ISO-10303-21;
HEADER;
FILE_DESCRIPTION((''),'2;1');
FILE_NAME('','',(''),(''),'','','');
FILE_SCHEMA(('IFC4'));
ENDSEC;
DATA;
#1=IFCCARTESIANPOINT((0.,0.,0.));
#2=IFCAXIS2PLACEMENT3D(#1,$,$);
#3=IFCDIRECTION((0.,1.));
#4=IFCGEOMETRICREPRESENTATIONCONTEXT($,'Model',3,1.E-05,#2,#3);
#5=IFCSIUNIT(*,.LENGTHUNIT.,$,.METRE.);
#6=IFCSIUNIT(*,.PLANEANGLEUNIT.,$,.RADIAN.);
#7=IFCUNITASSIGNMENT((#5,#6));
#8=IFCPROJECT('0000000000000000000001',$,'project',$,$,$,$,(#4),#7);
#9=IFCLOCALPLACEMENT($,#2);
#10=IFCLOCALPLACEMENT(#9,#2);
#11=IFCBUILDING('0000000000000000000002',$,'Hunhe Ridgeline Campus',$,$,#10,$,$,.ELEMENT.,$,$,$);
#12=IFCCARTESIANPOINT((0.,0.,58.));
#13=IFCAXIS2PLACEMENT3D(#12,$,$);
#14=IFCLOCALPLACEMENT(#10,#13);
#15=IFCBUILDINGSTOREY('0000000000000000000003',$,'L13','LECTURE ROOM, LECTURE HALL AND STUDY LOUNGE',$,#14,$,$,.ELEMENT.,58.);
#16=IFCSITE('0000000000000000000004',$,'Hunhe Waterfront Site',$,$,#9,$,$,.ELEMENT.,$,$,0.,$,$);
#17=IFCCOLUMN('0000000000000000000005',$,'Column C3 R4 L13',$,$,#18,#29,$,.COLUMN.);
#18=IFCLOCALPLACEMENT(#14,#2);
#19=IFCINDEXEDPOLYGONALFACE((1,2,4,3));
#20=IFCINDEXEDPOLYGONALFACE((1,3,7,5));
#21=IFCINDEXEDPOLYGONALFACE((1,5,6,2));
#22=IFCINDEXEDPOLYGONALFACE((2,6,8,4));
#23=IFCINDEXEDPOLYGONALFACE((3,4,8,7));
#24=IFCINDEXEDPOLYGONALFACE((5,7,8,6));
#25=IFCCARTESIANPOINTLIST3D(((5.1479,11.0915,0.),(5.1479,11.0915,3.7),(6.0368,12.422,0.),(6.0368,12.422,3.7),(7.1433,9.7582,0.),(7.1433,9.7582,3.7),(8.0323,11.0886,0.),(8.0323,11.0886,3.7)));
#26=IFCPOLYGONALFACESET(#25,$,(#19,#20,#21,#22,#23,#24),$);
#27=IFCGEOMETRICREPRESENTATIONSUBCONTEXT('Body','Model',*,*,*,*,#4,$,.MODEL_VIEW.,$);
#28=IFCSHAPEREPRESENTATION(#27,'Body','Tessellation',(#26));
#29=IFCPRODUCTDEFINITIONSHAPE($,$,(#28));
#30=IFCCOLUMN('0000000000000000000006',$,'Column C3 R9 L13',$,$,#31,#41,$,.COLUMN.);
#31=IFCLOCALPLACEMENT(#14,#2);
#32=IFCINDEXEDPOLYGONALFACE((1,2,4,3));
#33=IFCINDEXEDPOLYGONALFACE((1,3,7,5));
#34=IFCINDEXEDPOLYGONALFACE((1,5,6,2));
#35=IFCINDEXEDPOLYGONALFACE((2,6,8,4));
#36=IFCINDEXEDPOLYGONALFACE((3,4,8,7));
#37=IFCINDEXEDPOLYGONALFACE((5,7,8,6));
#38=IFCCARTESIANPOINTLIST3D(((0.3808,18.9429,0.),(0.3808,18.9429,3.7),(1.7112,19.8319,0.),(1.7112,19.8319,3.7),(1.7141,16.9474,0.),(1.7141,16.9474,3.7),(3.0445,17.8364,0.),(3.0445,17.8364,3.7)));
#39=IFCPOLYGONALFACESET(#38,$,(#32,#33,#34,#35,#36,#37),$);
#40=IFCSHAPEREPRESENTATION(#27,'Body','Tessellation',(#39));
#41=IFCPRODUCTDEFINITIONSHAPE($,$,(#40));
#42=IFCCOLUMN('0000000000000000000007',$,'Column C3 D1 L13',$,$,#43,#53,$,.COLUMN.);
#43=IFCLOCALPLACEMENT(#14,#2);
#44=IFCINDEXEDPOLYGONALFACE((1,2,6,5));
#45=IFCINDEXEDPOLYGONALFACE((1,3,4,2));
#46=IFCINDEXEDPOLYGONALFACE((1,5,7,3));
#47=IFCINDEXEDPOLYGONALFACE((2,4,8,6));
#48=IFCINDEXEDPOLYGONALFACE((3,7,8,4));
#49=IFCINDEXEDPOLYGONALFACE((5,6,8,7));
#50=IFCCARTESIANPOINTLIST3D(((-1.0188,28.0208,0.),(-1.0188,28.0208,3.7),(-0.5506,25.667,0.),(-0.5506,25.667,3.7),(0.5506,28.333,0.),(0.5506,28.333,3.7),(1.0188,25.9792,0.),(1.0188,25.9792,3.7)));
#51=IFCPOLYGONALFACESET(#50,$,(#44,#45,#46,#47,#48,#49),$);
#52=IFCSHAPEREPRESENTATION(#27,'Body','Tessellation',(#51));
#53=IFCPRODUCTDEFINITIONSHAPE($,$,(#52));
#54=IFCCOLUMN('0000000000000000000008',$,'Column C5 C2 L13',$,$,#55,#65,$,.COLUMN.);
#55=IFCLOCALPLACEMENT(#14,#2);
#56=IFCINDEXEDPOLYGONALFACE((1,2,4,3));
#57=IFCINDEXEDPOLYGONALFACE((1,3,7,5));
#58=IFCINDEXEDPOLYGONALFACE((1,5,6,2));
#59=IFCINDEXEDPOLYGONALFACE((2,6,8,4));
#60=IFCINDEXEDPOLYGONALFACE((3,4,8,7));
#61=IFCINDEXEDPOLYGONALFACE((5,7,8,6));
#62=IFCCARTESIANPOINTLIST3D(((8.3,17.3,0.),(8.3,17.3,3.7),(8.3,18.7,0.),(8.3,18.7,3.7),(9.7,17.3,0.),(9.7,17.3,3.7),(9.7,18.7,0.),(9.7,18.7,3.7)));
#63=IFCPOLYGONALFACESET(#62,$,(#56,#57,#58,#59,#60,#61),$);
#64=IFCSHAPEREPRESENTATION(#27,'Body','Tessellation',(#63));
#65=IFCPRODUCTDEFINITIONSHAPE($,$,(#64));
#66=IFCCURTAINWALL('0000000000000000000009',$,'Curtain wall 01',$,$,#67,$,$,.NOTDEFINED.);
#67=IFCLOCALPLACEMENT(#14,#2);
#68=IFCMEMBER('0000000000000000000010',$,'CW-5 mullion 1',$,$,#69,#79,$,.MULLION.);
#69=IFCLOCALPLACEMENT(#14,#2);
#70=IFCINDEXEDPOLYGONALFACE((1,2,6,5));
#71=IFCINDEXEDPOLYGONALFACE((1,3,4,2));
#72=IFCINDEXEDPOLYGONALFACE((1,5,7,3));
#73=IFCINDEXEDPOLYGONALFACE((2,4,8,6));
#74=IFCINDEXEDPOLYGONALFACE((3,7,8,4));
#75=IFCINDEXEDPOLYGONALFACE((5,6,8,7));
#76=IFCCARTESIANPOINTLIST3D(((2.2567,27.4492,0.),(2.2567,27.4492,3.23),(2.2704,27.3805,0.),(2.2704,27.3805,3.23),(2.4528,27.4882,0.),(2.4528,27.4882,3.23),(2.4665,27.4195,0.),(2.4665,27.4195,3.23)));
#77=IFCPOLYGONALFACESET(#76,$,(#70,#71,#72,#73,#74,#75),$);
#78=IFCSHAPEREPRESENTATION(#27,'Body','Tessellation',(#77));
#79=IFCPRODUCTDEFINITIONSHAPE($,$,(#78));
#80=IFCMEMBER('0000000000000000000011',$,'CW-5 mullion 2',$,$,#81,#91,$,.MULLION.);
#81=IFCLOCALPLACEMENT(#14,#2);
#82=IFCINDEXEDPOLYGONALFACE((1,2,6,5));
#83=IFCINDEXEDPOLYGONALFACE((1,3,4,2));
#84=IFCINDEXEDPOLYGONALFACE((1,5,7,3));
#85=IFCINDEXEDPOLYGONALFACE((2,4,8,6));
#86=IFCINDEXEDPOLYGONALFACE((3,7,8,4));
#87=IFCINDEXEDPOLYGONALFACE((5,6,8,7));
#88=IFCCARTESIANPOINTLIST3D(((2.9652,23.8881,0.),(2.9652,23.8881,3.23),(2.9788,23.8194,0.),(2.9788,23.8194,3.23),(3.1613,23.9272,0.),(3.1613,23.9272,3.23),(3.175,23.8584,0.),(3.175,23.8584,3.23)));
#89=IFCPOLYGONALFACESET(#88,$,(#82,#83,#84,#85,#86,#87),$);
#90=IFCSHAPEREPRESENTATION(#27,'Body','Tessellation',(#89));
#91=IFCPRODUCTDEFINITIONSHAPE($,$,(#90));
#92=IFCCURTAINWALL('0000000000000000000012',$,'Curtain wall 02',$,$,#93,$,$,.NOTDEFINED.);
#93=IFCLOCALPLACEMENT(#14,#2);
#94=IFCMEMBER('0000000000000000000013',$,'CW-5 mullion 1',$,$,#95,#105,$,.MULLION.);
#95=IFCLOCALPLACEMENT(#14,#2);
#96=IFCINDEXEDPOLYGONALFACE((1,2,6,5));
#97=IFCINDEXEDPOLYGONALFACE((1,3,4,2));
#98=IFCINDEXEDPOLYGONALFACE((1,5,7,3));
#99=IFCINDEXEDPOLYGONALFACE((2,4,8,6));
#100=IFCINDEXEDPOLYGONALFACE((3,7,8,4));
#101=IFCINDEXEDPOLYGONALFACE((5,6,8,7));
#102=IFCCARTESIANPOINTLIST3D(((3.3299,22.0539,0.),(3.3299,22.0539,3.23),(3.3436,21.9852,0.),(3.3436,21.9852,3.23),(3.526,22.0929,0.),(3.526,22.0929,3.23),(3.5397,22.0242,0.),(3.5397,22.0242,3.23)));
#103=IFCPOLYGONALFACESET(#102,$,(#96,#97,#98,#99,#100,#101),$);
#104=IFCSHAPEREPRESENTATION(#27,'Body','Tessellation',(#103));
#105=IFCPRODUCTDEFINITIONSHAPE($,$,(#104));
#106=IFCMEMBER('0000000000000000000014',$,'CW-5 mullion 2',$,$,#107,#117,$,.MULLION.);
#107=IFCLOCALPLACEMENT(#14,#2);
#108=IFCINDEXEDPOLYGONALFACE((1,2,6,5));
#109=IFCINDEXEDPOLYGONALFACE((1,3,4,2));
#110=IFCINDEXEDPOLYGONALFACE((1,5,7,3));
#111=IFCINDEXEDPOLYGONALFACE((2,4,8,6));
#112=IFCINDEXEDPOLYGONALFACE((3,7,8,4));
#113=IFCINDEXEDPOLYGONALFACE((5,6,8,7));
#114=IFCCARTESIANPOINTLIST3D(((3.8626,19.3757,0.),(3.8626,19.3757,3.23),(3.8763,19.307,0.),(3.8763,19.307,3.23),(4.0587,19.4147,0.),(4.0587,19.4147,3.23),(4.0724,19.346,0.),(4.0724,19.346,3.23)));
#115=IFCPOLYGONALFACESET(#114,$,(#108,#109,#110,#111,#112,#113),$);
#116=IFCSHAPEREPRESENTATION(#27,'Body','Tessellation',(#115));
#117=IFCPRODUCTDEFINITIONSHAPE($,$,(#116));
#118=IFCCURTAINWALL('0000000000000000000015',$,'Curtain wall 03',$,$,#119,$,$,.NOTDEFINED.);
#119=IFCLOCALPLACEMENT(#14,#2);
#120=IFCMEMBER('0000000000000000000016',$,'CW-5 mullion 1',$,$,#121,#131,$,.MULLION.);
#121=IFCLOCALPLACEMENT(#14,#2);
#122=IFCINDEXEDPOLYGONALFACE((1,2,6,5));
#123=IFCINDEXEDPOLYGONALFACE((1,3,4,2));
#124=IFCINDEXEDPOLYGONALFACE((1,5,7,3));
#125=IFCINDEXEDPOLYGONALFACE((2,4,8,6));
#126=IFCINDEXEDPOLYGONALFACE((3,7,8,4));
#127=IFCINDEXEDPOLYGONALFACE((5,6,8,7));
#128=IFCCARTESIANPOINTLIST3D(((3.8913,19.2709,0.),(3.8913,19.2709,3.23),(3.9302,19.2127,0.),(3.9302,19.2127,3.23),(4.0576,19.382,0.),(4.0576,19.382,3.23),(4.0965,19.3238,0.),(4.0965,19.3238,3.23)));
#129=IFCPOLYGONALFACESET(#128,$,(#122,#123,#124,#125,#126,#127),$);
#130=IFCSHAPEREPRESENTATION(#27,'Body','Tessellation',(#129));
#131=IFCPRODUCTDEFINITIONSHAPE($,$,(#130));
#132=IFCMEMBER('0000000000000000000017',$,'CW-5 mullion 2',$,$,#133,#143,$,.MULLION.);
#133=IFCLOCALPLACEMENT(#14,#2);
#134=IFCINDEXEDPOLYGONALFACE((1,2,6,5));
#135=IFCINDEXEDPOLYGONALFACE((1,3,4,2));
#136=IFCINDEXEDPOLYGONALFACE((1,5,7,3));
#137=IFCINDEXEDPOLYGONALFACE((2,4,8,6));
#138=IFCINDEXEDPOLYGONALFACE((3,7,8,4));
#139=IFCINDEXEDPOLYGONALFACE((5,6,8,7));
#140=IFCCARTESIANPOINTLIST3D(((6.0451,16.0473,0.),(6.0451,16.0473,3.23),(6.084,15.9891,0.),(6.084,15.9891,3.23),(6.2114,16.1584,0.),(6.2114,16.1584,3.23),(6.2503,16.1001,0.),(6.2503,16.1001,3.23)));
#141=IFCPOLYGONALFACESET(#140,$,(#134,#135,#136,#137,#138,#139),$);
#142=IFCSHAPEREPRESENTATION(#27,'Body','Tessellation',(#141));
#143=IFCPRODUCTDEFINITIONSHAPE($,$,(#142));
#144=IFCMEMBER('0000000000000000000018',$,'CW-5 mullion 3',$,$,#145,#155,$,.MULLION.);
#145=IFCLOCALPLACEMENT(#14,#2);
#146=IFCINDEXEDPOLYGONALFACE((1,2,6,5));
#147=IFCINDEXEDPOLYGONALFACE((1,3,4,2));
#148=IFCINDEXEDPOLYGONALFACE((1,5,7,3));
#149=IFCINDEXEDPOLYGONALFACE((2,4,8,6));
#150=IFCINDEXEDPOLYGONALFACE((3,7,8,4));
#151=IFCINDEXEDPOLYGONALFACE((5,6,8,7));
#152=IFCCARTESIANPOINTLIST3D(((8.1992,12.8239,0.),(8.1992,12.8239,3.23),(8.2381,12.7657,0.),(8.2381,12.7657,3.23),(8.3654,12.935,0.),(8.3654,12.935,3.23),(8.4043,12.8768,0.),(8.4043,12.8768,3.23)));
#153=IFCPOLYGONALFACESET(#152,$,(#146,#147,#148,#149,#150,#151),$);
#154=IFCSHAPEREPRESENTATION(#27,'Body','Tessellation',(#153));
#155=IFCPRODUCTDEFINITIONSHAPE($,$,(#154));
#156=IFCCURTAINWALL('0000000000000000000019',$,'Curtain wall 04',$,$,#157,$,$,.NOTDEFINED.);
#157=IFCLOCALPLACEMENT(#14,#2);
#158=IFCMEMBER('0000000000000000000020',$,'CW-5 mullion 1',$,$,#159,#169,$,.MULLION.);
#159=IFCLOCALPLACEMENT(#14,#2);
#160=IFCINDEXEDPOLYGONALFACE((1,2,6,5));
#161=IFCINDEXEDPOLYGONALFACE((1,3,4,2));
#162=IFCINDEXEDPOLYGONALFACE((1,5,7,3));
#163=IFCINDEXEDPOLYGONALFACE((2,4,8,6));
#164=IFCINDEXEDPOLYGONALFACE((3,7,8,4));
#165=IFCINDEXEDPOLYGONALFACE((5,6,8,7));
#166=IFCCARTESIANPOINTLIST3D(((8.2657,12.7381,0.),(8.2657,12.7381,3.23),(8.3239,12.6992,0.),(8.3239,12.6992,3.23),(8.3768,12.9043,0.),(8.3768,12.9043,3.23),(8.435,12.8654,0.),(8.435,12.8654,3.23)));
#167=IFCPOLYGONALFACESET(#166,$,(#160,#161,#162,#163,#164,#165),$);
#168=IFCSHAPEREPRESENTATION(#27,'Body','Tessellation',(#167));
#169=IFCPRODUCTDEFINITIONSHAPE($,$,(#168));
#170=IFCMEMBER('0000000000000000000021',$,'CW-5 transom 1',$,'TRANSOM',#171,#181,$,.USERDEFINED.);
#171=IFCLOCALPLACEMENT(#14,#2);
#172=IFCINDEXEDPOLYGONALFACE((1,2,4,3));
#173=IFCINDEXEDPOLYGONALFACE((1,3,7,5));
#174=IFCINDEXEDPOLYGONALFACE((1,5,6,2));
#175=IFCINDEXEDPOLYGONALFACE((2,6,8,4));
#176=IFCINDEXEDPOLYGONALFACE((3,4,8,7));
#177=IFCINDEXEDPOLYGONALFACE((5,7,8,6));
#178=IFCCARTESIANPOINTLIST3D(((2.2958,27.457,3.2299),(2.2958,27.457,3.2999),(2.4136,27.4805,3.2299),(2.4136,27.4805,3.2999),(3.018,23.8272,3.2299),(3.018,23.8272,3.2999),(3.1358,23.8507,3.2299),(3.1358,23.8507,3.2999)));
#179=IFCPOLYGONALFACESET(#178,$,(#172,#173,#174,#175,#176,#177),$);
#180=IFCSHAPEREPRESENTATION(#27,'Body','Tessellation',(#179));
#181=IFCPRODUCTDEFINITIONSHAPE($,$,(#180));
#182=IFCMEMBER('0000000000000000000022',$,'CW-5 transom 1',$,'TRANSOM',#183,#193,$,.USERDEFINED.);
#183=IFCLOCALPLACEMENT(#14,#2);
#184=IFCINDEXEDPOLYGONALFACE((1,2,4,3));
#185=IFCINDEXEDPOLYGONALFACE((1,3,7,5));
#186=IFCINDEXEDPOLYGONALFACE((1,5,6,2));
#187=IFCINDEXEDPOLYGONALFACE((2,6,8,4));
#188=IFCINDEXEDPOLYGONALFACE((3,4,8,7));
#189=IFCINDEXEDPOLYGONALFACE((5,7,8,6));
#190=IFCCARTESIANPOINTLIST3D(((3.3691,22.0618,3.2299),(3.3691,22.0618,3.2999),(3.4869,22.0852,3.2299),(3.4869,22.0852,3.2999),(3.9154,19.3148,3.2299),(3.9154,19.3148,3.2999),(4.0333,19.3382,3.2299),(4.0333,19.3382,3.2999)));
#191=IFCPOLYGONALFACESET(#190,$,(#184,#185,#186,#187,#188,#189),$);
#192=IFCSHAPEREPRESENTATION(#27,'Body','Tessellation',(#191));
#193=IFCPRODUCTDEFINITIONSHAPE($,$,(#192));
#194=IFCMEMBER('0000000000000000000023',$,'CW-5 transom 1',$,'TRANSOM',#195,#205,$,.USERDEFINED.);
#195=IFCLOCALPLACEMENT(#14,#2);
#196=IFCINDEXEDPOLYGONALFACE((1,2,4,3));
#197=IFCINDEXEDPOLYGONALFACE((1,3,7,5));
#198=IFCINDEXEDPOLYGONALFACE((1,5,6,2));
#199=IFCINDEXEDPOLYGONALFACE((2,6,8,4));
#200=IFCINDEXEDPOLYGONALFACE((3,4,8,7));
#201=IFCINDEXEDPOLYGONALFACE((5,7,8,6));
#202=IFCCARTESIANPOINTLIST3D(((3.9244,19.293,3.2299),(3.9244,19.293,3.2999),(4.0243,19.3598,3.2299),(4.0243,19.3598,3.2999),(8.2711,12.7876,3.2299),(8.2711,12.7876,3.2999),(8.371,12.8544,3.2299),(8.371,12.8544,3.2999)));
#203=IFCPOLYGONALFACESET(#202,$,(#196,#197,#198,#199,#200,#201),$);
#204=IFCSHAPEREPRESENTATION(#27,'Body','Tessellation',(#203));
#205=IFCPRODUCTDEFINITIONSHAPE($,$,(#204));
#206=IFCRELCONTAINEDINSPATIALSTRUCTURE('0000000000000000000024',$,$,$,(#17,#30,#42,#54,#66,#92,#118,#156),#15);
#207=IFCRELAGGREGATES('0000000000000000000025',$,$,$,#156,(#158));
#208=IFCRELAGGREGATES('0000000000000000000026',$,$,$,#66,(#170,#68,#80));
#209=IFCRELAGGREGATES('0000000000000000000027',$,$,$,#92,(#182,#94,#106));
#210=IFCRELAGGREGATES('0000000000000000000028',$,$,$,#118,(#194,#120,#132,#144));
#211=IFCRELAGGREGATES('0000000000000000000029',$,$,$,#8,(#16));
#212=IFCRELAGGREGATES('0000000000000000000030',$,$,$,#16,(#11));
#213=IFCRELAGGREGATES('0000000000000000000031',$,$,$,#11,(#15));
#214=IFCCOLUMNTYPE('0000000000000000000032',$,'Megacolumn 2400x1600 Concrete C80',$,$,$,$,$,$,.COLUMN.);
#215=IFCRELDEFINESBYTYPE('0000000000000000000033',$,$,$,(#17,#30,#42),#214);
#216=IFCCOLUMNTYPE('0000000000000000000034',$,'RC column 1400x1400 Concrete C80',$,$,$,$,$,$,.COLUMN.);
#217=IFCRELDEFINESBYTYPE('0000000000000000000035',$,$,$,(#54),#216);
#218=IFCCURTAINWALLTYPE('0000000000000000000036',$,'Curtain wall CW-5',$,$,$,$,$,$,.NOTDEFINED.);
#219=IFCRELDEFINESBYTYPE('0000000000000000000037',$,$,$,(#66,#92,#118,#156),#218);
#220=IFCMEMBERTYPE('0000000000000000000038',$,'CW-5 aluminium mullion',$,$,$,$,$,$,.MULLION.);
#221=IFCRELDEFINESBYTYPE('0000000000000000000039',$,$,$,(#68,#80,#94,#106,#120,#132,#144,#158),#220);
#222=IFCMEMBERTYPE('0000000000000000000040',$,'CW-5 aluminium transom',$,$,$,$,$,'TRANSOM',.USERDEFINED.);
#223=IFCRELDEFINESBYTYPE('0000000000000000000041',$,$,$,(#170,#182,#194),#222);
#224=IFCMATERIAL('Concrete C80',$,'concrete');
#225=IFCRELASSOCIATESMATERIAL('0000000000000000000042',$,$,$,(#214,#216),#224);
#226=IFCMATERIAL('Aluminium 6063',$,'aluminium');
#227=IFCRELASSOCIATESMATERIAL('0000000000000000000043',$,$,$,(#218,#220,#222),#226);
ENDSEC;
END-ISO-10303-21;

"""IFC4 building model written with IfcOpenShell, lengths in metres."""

from ifc_helpers import new_model, si_unit, direction, frame, origin, origin_2d, place, context, subcontext, project, spatial, rectangle, extrude, material, material_profile, profile_set, type_object, element, aggregate, save


model = new_model("IFC4")

# Units and contexts
model_context = context("Model", 3, precision=1e-05, world=origin(), true_north=direction((0.0, 1.0)))
body_context = subcontext(model_context, "Body", "Model", "MODEL_VIEW")
ifc_project = project(units=[si_unit("LENGTHUNIT", "METRE"), si_unit("PLANEANGLEUNIT", "RADIAN")], contexts=[model_context])

# Site, building, storey
site_placement = place(None, origin())
site = spatial("IfcSite", under=ifc_project, at=site_placement, Name="Hunhe Waterfront Site", CompositionType="ELEMENT", RefElevation=0.0)
building_placement = place(site_placement, origin())
building = spatial("IfcBuilding", under=site, at=building_placement, Name="Hunhe Ridgeline Campus", CompositionType="ELEMENT")
storey_placement = place(building_placement, frame((0.0, 0.0, 58.0)))
storey = spatial("IfcBuildingStorey", under=building, at=storey_placement, Name="L13", Description="LECTURE ROOM, LECTURE HALL AND STUDY LOUNGE", CompositionType="ELEMENT", Elevation=58.0)

# Columns
ifc_material_1 = material(Name="Concrete C80", Category="concrete")
ifc_material_profile_1 = material_profile(ifc_material_1, rectangle(XDim=2.3999, YDim=1.6001, at=origin_2d()))
ifc_profile_set_1 = profile_set([ifc_material_profile_1], Name="Concrete C80")
column_type_1 = type_object("IfcColumnType", Name="Megacolumn 2400x1600 Concrete C80", PredefinedType="COLUMN", material=ifc_profile_set_1)
for number, where, z_axis, x_axis, name in (
    (1, (6.5901, 11.0901, 0.0), (0.0, 0.0, 1.0), (-0.83147, 0.55557, 0.0), "Column C3 R4 L13"),
    (2, (1.7126, 18.3896, 0.0), (0.0, 0.0, 1.0), (-0.55557, 0.83147, 0.0), "Column C3 R9 L13"),
    (3, (0.0, 27.0, 0.0), (0.0, 0.0, 1.0), (-0.19509, 0.980785, 0.0), "Column C3 D1 L13"),
):
    element("IfcColumn", number, at=place(storey_placement, frame(where, z_axis=z_axis, x_axis=x_axis)), inside=storey, type_object=column_type_1, Name=name, PredefinedType="COLUMN", context=body_context, shape_type="SweptSolid", body=[
        extrude(rectangle(XDim=2.3999, YDim=1.6001, at=origin_2d()), origin(), (0.0, 0.0, 1.0), 3.7),
    ])
ifc_material_profile_2 = material_profile(ifc_material_1, rectangle(XDim=1.3999, YDim=1.3999, at=origin_2d()))
ifc_profile_set_2 = profile_set([ifc_material_profile_2], Name="Concrete C80")
column_type_2 = type_object("IfcColumnType", Name="RC column 1400x1400 Concrete C80", PredefinedType="COLUMN", material=ifc_profile_set_2)
column_placement = place(storey_placement, frame((9.0, 18.0, 0.0), z_axis=(0.0, 0.0, 1.0), x_axis=(1.0, 0.0, 0.0)))
element("IfcColumn", 4, at=column_placement, inside=storey, type_object=column_type_2, Name="Column C5 C2 L13", PredefinedType="COLUMN", context=body_context, shape_type="SweptSolid", body=[
    extrude(rectangle(XDim=1.3999, YDim=1.3999, at=origin_2d()), origin(), (0.0, 0.0, 1.0), 3.7),
])

# Curtain walls, members
ifc_material_2 = material(Name="Aluminium 6063", Category="aluminium")
curtain_wall_type = type_object("IfcCurtainWallType", Name="Curtain wall CW-5", PredefinedType="NOTDEFINED", material=ifc_material_2)
curtain_wall_1_placement = place(storey_placement, origin())
curtain_wall_1 = element("IfcCurtainWall", 5, at=curtain_wall_1_placement, inside=storey, type_object=curtain_wall_type, Name="Curtain wall 01", PredefinedType="NOTDEFINED")
ifc_material_profile_3 = material_profile(ifc_material_2, rectangle(XDim=0.2, YDim=0.0701, at=origin_2d()))
ifc_profile_set_3 = profile_set([ifc_material_profile_3], Name="Aluminium 6063")
member_type_1 = type_object("IfcMemberType", Name="CW-5 aluminium mullion", PredefinedType="MULLION", material=ifc_profile_set_3)
member_1_placement = place(storey_placement, frame((2.3616, 27.4343, 0.0), z_axis=(0.0, 0.0, 1.0), x_axis=(0.980784, 0.195095, 0.0)))
member_1 = element("IfcMember", 6, at=member_1_placement, type_object=member_type_1, Name="CW-5 mullion 1", PredefinedType="MULLION", context=body_context, shape_type="SweptSolid", body=[
    extrude(rectangle(XDim=0.2, YDim=0.0701, at=origin_2d()), origin(), (0.0, 0.0, 1.0), 3.23),
])
member_2_placement = place(storey_placement, frame((3.0701, 23.8733, 0.0), z_axis=(0.0, 0.0, 1.0), x_axis=(0.980784, 0.195095, 0.0)))
member_2 = element("IfcMember", 7, at=member_2_placement, type_object=member_type_1, Name="CW-5 mullion 2", PredefinedType="MULLION", context=body_context, shape_type="SweptSolid", body=[
    extrude(rectangle(XDim=0.2, YDim=0.0701, at=origin_2d()), origin(), (0.0, 0.0, 1.0), 3.23),
])
curtain_wall_2_placement = place(storey_placement, origin())
curtain_wall_2 = element("IfcCurtainWall", 8, at=curtain_wall_2_placement, inside=storey, type_object=curtain_wall_type, Name="Curtain wall 02", PredefinedType="NOTDEFINED")
member_3_placement = place(storey_placement, frame((3.4348, 22.0391, 0.0), z_axis=(0.0, 0.0, 1.0), x_axis=(0.980784, 0.195095, 0.0)))
member_3 = element("IfcMember", 9, at=member_3_placement, type_object=member_type_1, Name="CW-5 mullion 1", PredefinedType="MULLION", context=body_context, shape_type="SweptSolid", body=[
    extrude(rectangle(XDim=0.2, YDim=0.0701, at=origin_2d()), origin(), (0.0, 0.0, 1.0), 3.23),
])
member_4_placement = place(storey_placement, frame((3.9675, 19.3608, 0.0), z_axis=(0.0, 0.0, 1.0), x_axis=(0.980784, 0.195095, 0.0)))
member_4 = element("IfcMember", 10, at=member_4_placement, type_object=member_type_1, Name="CW-5 mullion 2", PredefinedType="MULLION", context=body_context, shape_type="SweptSolid", body=[
    extrude(rectangle(XDim=0.2, YDim=0.0701, at=origin_2d()), origin(), (0.0, 0.0, 1.0), 3.23),
])
curtain_wall_3_placement = place(storey_placement, origin())
curtain_wall_3 = element("IfcCurtainWall", 11, at=curtain_wall_3_placement, inside=storey, type_object=curtain_wall_type, Name="Curtain wall 03", PredefinedType="NOTDEFINED")
member_5_placement = place(storey_placement, frame((3.9939, 19.2974, 0.0), z_axis=(0.0, 0.0, 1.0), x_axis=(0.83147, 0.55557, 0.0)))
member_5 = element("IfcMember", 12, at=member_5_placement, type_object=member_type_1, Name="CW-5 mullion 1", PredefinedType="MULLION", context=body_context, shape_type="SweptSolid", body=[
    extrude(rectangle(XDim=0.2, YDim=0.0701, at=origin_2d()), origin(), (0.0, 0.0, 1.0), 3.23),
])
member_6_placement = place(storey_placement, frame((6.1477, 16.0737, 0.0), z_axis=(0.0, 0.0, 1.0), x_axis=(0.83147, 0.55557, 0.0)))
member_6 = element("IfcMember", 13, at=member_6_placement, type_object=member_type_1, Name="CW-5 mullion 2", PredefinedType="MULLION", context=body_context, shape_type="SweptSolid", body=[
    extrude(rectangle(XDim=0.2, YDim=0.0701, at=origin_2d()), origin(), (0.0, 0.0, 1.0), 3.23),
])
member_7_placement = place(storey_placement, frame((8.3018, 12.8503, 0.0), z_axis=(0.0, 0.0, 1.0), x_axis=(0.83147, 0.55557, 0.0)))
member_7 = element("IfcMember", 14, at=member_7_placement, type_object=member_type_1, Name="CW-5 mullion 3", PredefinedType="MULLION", context=body_context, shape_type="SweptSolid", body=[
    extrude(rectangle(XDim=0.2, YDim=0.0701, at=origin_2d()), origin(), (0.0, 0.0, 1.0), 3.23),
])

# Curtain wall, member
curtain_wall_4_placement = place(storey_placement, origin())
curtain_wall_4 = element("IfcCurtainWall", 15, at=curtain_wall_4_placement, inside=storey, type_object=curtain_wall_type, Name="Curtain wall 04", PredefinedType="NOTDEFINED")
member_8_placement = place(storey_placement, frame((8.3503, 12.8018, 0.0), z_axis=(0.0, 0.0, 1.0), x_axis=(0.55557, 0.83147, 0.0)))
member_8 = element("IfcMember", 16, at=member_8_placement, type_object=member_type_1, Name="CW-5 mullion 1", PredefinedType="MULLION", context=body_context, shape_type="SweptSolid", body=[
    extrude(rectangle(XDim=0.2, YDim=0.0701, at=origin_2d()), origin(), (0.0, 0.0, 1.0), 3.23),
])

# Members
ifc_material_profile_4 = material_profile(ifc_material_2, rectangle(XDim=0.1201, YDim=0.0701, at=origin_2d()))
ifc_profile_set_4 = profile_set([ifc_material_profile_4], Name="Aluminium 6063")
member_type_2 = type_object("IfcMemberType", Name="CW-5 aluminium transom", ElementType="TRANSOM", PredefinedType="USERDEFINED", material=ifc_profile_set_4)
member_9_placement = place(storey_placement, frame((2.3547, 27.4688, 3.2649), z_axis=(0.195127, -0.980778, 0.0), x_axis=(0.980778, 0.195127, 0.0)))
member_9 = element("IfcMember", 17, at=member_9_placement, type_object=member_type_2, Name="CW-5 transom 1", ObjectType="TRANSOM", PredefinedType="USERDEFINED", context=body_context, shape_type="SweptSolid", body=[
    extrude(rectangle(XDim=0.1201, YDim=0.0701, at=origin_2d()), origin(), (0.0, 0.0, 1.0), 3.7009),
])
member_10_placement = place(storey_placement, frame((3.428, 22.0735, 3.2649), z_axis=(0.195077, -0.980788, 0.0), x_axis=(0.980788, 0.195077, 0.0)))
member_10 = element("IfcMember", 18, at=member_10_placement, type_object=member_type_2, Name="CW-5 transom 1", ObjectType="TRANSOM", PredefinedType="USERDEFINED", context=body_context, shape_type="SweptSolid", body=[
    extrude(rectangle(XDim=0.1201, YDim=0.0701, at=origin_2d()), origin(), (0.0, 0.0, 1.0), 2.8008),
])
member_11_placement = place(storey_placement, frame((3.9744, 19.3264, 3.2649), z_axis=(0.555564, -0.831474, 0.0), x_axis=(0.831474, 0.555564, 0.0)))
member_11 = element("IfcMember", 19, at=member_11_placement, type_object=member_type_2, Name="CW-5 transom 1", ObjectType="TRANSOM", PredefinedType="USERDEFINED", context=body_context, shape_type="SweptSolid", body=[
    extrude(rectangle(XDim=0.1201, YDim=0.0701, at=origin_2d()), origin(), (0.0, 0.0, 1.0), 7.824),
])
aggregate(curtain_wall_4, [member_8])

aggregate(curtain_wall_1, [member_9, member_1, member_2])
aggregate(curtain_wall_2, [member_10, member_3, member_4])
aggregate(curtain_wall_3, [member_11, member_5, member_6, member_7])

save(model, "model.ifc")
